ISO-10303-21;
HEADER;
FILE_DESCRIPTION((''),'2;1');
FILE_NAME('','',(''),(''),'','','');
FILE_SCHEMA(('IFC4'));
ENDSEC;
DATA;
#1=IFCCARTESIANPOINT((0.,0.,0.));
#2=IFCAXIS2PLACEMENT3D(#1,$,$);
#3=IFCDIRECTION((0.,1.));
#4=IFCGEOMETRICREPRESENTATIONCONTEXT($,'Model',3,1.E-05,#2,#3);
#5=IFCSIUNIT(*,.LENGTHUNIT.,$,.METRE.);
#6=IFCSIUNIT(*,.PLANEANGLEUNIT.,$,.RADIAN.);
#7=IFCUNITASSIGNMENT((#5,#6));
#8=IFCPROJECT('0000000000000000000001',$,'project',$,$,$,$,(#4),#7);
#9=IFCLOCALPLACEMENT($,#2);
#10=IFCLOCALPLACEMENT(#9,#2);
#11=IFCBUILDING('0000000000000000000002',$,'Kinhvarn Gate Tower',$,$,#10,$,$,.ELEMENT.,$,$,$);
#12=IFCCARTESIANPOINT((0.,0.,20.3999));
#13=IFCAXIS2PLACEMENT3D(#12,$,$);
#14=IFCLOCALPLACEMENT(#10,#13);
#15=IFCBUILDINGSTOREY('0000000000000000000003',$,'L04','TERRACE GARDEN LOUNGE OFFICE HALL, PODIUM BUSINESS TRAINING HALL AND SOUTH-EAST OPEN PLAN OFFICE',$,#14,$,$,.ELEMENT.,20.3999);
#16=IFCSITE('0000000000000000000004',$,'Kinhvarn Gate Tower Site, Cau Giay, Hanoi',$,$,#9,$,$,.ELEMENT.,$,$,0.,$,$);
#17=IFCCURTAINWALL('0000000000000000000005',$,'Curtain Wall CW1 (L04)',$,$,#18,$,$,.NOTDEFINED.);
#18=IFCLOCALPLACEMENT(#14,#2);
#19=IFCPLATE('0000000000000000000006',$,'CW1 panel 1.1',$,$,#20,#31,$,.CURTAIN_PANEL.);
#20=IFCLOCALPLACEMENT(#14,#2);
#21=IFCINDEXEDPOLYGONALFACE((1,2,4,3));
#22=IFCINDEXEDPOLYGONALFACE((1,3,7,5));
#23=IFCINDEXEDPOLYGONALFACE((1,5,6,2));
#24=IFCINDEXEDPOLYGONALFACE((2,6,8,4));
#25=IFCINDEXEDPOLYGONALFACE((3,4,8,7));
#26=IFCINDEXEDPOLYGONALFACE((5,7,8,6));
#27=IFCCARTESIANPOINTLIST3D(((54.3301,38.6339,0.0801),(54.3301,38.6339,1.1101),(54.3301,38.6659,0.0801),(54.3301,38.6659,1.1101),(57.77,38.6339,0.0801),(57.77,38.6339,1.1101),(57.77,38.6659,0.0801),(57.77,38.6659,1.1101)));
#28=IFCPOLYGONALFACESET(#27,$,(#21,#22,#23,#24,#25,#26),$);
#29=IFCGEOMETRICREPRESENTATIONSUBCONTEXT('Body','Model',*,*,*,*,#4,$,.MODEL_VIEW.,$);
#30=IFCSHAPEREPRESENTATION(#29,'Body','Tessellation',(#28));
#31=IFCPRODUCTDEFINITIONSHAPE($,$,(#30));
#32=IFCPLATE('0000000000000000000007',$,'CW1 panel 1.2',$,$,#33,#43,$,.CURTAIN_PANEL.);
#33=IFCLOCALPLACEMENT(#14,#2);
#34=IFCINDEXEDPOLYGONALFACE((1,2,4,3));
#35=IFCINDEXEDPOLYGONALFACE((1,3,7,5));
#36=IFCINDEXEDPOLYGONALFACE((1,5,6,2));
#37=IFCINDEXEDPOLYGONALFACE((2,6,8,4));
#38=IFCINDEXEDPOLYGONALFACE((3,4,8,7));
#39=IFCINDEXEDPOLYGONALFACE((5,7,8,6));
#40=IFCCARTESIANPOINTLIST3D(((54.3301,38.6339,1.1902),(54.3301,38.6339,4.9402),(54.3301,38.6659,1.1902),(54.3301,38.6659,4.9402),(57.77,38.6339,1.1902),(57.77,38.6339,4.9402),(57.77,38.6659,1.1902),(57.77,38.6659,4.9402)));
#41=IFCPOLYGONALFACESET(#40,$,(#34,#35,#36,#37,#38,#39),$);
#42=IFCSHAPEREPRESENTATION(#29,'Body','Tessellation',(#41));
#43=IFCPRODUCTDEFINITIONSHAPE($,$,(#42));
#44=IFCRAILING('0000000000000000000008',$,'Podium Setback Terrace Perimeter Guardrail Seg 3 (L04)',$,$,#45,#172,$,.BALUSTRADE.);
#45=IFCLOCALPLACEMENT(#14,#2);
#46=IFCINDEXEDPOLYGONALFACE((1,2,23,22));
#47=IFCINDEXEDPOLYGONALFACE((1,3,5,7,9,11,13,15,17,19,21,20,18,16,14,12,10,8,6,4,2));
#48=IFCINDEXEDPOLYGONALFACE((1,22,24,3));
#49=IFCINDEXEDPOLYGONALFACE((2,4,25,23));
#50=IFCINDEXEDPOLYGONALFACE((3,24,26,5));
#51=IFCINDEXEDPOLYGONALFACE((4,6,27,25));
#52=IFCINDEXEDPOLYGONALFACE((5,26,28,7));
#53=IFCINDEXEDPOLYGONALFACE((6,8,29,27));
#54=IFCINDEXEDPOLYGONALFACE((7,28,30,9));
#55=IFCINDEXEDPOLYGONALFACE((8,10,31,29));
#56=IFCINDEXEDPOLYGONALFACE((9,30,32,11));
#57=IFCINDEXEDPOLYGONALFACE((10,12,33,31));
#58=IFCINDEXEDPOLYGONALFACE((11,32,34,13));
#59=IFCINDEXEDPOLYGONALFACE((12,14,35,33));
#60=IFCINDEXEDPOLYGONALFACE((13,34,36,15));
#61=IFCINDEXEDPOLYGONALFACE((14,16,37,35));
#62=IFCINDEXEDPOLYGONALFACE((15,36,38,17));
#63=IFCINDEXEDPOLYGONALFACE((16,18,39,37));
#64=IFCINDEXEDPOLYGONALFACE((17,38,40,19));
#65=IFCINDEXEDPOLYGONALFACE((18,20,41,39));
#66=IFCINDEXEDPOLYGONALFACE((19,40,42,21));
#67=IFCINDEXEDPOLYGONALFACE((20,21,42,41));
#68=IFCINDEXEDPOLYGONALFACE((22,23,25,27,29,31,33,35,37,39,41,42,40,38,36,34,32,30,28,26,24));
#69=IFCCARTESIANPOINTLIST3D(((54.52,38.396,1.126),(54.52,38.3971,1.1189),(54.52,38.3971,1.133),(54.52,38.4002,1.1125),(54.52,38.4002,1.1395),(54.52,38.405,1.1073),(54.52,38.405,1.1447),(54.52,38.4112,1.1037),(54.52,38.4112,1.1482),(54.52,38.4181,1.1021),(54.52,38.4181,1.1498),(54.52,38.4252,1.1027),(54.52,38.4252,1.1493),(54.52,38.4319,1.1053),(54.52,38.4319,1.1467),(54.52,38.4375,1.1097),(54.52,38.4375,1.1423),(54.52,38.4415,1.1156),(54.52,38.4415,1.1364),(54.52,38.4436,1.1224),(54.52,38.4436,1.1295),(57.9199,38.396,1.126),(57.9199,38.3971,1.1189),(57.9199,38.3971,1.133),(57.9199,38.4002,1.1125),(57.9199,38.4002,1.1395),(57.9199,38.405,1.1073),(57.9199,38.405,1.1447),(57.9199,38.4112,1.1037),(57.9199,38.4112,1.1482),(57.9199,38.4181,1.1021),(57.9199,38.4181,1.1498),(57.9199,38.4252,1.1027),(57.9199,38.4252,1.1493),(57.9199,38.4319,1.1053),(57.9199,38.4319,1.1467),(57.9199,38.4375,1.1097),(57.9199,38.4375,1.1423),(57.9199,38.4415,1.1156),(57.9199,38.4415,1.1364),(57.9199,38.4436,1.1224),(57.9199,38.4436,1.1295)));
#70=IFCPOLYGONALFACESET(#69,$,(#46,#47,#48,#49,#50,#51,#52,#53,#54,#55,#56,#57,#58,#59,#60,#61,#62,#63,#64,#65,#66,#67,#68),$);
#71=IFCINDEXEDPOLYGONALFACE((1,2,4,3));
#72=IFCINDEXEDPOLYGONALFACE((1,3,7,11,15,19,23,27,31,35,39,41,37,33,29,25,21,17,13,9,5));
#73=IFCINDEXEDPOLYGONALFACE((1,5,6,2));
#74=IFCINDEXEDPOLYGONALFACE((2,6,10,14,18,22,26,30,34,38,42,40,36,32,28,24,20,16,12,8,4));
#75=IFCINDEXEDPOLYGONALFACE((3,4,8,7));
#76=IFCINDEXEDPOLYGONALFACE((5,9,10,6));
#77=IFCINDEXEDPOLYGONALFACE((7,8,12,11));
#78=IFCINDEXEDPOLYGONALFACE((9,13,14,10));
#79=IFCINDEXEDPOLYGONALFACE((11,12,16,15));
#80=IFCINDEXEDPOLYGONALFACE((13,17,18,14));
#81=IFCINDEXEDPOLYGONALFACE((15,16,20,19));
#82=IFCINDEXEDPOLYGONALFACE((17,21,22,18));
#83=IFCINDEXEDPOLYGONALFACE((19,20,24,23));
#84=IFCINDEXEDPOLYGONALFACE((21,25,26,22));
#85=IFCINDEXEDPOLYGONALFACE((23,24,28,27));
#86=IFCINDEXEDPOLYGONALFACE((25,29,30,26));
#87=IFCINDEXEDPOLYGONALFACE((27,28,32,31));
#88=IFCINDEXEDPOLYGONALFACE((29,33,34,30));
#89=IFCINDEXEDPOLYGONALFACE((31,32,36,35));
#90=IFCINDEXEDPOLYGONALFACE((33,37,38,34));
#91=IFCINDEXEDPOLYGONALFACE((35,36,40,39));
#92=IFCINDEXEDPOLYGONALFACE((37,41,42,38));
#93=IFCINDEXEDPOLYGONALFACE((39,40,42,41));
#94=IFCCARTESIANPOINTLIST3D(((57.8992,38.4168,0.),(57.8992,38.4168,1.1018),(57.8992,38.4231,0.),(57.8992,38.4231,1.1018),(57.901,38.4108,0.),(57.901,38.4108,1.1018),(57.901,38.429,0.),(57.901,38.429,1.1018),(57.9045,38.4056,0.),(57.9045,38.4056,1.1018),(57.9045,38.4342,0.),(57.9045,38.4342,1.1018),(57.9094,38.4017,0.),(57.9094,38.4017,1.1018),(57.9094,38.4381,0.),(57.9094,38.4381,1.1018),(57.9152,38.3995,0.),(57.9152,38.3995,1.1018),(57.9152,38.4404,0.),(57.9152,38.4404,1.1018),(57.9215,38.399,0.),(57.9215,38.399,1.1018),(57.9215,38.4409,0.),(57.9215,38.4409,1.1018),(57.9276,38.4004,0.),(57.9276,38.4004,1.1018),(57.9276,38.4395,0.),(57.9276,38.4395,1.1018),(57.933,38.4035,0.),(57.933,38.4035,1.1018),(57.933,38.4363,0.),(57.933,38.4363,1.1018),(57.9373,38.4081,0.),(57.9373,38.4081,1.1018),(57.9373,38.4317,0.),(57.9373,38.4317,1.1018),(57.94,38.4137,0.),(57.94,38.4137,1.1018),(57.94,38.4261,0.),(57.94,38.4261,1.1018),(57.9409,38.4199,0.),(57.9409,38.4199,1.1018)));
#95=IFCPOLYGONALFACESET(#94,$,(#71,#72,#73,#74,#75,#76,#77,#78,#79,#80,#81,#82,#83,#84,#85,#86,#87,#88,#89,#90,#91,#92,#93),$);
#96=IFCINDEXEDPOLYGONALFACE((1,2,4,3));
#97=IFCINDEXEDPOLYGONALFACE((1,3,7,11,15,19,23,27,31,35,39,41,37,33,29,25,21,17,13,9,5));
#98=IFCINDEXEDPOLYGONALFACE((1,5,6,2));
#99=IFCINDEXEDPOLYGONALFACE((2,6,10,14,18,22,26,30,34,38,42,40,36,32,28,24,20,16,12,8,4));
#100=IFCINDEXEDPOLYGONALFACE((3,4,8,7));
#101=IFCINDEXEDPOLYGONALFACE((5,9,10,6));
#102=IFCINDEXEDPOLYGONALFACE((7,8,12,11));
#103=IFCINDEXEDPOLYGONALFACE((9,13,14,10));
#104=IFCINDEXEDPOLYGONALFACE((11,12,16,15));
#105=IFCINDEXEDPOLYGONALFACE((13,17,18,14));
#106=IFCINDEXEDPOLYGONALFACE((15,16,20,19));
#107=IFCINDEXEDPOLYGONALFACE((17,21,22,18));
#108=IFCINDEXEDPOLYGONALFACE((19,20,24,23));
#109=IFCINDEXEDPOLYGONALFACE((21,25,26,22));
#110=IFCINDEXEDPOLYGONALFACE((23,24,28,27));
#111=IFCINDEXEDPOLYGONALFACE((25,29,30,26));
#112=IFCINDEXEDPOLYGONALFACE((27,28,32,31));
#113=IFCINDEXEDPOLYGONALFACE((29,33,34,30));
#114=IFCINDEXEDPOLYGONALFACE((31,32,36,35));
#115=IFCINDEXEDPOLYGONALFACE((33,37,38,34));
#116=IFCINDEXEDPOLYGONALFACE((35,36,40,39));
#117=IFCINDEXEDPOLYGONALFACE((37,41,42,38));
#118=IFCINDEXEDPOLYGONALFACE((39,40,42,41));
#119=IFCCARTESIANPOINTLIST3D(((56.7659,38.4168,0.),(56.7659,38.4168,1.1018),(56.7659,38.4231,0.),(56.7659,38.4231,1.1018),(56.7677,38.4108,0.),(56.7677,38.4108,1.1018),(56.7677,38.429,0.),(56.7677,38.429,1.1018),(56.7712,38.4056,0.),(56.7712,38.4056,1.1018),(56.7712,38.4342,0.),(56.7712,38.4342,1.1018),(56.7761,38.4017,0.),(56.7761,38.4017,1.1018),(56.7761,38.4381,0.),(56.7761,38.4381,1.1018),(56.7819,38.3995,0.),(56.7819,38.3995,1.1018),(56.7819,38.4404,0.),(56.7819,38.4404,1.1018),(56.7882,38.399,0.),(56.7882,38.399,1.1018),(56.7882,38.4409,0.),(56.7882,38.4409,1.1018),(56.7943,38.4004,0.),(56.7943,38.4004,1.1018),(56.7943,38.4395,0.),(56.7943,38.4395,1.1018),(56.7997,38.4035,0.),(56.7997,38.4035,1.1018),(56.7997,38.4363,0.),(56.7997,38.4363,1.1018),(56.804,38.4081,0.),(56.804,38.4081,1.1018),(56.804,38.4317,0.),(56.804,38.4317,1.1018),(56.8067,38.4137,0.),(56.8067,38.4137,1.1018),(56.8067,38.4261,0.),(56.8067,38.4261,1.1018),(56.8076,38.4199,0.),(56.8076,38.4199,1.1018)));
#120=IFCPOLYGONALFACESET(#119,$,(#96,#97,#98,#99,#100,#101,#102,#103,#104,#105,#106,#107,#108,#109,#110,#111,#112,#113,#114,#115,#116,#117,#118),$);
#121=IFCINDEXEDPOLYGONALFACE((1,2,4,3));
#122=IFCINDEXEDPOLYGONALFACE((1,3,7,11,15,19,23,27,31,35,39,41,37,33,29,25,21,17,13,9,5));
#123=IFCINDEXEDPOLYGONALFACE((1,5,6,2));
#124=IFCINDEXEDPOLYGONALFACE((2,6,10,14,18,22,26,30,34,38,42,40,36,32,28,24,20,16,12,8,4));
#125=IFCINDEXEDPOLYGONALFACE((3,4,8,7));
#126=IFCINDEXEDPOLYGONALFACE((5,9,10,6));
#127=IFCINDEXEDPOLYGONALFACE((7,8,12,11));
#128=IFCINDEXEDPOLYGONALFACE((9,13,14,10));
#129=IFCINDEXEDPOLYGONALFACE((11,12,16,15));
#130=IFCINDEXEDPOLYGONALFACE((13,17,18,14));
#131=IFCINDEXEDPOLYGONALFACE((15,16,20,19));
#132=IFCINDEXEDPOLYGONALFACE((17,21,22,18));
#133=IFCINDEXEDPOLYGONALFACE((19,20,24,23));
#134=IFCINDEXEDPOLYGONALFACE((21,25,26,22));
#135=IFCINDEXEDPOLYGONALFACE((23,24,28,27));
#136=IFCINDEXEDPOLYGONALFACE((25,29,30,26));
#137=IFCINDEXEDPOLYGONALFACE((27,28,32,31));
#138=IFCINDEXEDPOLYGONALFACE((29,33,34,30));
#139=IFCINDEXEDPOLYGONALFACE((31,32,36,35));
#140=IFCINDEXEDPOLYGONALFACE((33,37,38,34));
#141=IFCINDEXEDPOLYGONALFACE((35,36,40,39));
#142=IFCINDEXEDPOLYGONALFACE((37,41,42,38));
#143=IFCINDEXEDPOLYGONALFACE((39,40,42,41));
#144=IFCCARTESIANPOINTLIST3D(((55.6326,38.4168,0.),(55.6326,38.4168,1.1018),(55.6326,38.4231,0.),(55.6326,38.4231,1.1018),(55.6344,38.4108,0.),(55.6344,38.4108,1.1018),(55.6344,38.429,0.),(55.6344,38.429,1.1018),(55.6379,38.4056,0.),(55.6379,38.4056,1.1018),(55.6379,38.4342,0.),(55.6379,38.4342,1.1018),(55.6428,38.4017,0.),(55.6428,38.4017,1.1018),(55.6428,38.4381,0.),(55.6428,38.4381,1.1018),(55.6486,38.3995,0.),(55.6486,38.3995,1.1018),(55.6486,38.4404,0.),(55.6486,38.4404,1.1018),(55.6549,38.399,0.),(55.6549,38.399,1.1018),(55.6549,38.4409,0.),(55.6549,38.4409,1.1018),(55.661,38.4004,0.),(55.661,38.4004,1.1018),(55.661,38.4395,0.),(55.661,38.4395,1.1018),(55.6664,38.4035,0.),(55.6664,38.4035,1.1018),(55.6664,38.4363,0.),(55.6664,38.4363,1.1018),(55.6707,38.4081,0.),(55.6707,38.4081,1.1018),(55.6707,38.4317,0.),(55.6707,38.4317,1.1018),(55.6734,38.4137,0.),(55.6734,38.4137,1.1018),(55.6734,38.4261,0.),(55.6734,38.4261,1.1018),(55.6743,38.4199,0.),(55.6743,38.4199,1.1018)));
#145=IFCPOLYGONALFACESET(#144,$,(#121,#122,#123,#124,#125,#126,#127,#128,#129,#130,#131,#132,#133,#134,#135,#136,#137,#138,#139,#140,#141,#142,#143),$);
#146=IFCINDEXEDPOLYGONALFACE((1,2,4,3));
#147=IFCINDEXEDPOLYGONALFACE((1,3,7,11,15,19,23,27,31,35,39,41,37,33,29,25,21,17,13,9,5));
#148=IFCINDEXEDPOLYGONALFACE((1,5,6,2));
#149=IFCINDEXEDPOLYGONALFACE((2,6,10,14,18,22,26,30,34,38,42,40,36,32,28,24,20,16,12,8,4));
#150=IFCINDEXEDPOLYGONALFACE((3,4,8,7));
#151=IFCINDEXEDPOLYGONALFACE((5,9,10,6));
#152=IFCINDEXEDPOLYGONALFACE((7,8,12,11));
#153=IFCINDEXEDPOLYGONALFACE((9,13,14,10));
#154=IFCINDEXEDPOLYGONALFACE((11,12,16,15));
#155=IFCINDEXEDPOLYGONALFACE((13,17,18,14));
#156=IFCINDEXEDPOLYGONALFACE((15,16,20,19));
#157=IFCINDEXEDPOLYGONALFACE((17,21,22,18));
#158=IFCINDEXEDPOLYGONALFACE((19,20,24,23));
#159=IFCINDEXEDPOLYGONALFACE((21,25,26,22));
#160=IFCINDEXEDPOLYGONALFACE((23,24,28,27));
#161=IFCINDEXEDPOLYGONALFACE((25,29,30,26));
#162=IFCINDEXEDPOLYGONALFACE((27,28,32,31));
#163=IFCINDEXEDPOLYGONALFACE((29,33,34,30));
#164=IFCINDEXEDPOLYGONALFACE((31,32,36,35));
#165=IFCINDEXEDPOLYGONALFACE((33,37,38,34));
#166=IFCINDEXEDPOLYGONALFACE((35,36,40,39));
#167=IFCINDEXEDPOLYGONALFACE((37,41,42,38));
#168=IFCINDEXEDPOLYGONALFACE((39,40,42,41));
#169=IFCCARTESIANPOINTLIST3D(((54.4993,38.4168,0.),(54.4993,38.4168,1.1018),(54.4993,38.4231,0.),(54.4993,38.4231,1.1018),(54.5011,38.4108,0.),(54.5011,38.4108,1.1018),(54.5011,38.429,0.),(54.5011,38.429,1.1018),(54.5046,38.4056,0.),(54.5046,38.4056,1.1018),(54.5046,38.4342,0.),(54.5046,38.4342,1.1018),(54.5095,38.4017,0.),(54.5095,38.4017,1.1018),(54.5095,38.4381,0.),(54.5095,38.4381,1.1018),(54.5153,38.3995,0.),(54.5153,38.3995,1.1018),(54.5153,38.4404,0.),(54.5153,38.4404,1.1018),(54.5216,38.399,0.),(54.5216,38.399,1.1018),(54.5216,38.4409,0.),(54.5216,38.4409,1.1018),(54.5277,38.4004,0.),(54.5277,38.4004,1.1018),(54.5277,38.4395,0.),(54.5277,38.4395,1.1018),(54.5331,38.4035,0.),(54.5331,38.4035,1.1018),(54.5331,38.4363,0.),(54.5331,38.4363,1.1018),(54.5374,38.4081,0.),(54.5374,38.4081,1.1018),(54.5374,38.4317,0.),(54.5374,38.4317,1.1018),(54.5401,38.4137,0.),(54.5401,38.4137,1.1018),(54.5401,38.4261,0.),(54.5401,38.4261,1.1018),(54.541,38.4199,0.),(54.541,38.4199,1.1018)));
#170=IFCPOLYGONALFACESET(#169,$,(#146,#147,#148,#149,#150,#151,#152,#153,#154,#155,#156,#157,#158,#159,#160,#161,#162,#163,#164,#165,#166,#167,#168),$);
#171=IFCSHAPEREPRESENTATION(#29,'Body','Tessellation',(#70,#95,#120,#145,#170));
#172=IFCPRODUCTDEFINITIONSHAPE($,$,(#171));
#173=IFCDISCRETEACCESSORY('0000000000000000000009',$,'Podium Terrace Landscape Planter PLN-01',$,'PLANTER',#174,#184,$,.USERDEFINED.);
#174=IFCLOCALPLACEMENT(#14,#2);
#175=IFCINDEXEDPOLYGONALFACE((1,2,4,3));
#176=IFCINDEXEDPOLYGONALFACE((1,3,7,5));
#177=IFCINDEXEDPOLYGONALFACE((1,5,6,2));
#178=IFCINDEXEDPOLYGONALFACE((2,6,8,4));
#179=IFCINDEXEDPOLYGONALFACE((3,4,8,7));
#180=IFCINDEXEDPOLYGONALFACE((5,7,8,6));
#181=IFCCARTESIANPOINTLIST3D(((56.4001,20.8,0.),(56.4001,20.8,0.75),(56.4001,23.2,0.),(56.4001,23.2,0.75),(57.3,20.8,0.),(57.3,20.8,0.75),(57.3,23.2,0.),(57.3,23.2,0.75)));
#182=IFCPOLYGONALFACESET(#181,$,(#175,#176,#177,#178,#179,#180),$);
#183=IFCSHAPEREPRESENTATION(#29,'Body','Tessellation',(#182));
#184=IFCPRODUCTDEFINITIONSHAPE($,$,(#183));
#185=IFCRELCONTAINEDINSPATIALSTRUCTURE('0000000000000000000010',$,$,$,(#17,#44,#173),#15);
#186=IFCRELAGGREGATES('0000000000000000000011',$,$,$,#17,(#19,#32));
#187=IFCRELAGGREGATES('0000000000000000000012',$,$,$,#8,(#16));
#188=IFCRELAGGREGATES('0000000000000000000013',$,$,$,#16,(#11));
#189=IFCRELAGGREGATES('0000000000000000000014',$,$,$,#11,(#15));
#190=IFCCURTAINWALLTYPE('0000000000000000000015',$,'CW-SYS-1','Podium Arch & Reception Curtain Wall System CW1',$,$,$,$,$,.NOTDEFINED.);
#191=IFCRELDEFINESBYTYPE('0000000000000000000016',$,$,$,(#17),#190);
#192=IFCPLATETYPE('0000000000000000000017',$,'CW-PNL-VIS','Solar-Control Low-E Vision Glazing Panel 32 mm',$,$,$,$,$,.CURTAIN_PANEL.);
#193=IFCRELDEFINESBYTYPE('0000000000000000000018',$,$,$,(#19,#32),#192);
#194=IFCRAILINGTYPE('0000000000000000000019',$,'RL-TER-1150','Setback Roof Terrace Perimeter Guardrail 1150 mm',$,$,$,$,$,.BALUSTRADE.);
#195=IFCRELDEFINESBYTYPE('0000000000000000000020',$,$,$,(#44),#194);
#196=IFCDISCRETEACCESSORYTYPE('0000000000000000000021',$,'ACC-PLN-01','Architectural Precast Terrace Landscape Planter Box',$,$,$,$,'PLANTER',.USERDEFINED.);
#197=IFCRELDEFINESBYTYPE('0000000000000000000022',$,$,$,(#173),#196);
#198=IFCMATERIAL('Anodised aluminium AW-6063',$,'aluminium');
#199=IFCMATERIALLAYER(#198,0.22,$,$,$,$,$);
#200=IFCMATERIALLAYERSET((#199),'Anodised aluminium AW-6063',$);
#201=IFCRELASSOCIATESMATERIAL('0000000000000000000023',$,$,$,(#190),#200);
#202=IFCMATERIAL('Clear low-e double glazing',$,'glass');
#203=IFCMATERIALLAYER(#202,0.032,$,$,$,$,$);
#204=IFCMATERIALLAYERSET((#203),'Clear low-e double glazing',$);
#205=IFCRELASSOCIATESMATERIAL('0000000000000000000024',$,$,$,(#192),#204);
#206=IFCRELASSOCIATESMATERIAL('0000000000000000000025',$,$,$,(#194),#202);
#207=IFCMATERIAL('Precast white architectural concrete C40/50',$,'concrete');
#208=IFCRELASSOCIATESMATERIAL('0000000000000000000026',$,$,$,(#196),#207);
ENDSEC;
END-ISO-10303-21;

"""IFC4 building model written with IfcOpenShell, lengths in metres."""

from ifc_helpers import new_model, si_unit, direction, frame, origin, origin_2d, place, context, subcontext, project, spatial, rectangle, circle, extrude, material, layer, layer_set, type_object, element, aggregate, save


model = new_model("IFC4")

# Units and contexts
model_context = context("Model", 3, precision=1e-05, world=origin(), true_north=direction((0.0, 1.0)))
body_context = subcontext(model_context, "Body", "Model", "MODEL_VIEW")
ifc_project = project(units=[si_unit("LENGTHUNIT", "METRE"), si_unit("PLANEANGLEUNIT", "RADIAN")], contexts=[model_context])

# Site, building, storey
site_placement = place(None, origin())
site = spatial("IfcSite", under=ifc_project, at=site_placement, Name="Kinhvarn Gate Tower Site, Cau Giay, Hanoi", CompositionType="ELEMENT", RefElevation=0.0)
building_placement = place(site_placement, origin())
building = spatial("IfcBuilding", under=site, at=building_placement, Name="Kinhvarn Gate Tower", CompositionType="ELEMENT")
storey_placement = place(building_placement, frame((0.0, 0.0, 20.3999)))
storey = spatial("IfcBuildingStorey", under=building, at=storey_placement, Name="L04", Description="TERRACE GARDEN LOUNGE OFFICE HALL, PODIUM BUSINESS TRAINING HALL AND SOUTH-EAST OPEN PLAN OFFICE", CompositionType="ELEMENT", Elevation=20.3999)

# Curtain wall
ifc_material_1 = material(Name="Anodised aluminium AW-6063", Category="aluminium")
ifc_layer_1 = layer(ifc_material_1, 0.22)
ifc_layer_set_1 = layer_set([ifc_layer_1], Name="Anodised aluminium AW-6063")
curtain_wall_type = type_object("IfcCurtainWallType", Name="CW-SYS-1", Description="Podium Arch & Reception Curtain Wall System CW1", PredefinedType="NOTDEFINED", material=ifc_layer_set_1)
curtain_wall_1_placement = place(storey_placement, origin())
curtain_wall_1 = element("IfcCurtainWall", 1, at=curtain_wall_1_placement, inside=storey, type_object=curtain_wall_type, Name="Curtain Wall CW1 (L04)", PredefinedType="NOTDEFINED")

# Plates
ifc_material_2 = material(Name="Clear low-e double glazing", Category="glass")
ifc_layer_2 = layer(ifc_material_2, 0.032)
ifc_layer_set_2 = layer_set([ifc_layer_2], Name="Clear low-e double glazing")
plate_type = type_object("IfcPlateType", Name="CW-PNL-VIS", Description="Solar-Control Low-E Vision Glazing Panel 32 mm", PredefinedType="CURTAIN_PANEL", material=ifc_layer_set_2)
plate_1_placement = place(storey_placement, frame((56.05, 38.6499, 0.0801), z_axis=(0.0, 0.0, 1.0), x_axis=(1.0, 0.0, 0.0)))
plate_1 = element("IfcPlate", 2, at=plate_1_placement, type_object=plate_type, Name="CW1 panel 1.1", PredefinedType="CURTAIN_PANEL", context=body_context, shape_type="SweptSolid", body=[
    extrude(rectangle(XDim=3.4399, YDim=0.032, at=origin_2d()), origin(), (0.0, 0.0, 1.0), 1.03),
])
plate_2_placement = place(storey_placement, frame((56.05, 38.6499, 1.1902), z_axis=(0.0, 0.0, 1.0), x_axis=(1.0, 0.0, 0.0)))
plate_2 = element("IfcPlate", 3, at=plate_2_placement, type_object=plate_type, Name="CW1 panel 1.2", PredefinedType="CURTAIN_PANEL", context=body_context, shape_type="SweptSolid", body=[
    extrude(rectangle(XDim=3.4399, YDim=0.032, at=origin_2d()), origin(), (0.0, 0.0, 1.0), 3.75),
])
aggregate(curtain_wall_1, [plate_1, plate_2])

# Railing
railing_type = type_object("IfcRailingType", Name="RL-TER-1150", Description="Setback Roof Terrace Perimeter Guardrail 1150 mm", PredefinedType="BALUSTRADE", material=ifc_material_2)
railing_placement = place(storey_placement, frame((57.9199, 38.4199, 0.0)))
element("IfcRailing", 4, at=railing_placement, inside=storey, type_object=railing_type, Name="Podium Setback Terrace Perimeter Guardrail Seg 3 (L04)", PredefinedType="BALUSTRADE", context=body_context, shape_type="SweptSolid", body=[
    extrude(circle(Radius=0.0239, at=origin_2d()), frame((0.0, 0.0, 1.126), z_axis=(-1.0, 0.0, 0.0), x_axis=(0.0, -1.0, 0.0)), (0.0, 0.0, 1.0), 3.3999),
    extrude(circle(Radius=0.021, at=origin_2d()), origin(), (0.0, 0.0, 1.0), 1.1018),
    extrude(circle(Radius=0.021, at=origin_2d()), frame((-1.1333, 0.0, 0.0)), (0.0, 0.0, 1.0), 1.1018),
    extrude(circle(Radius=0.021, at=origin_2d()), frame((-2.2666, 0.0, 0.0)), (0.0, 0.0, 1.0), 1.1018),
    extrude(circle(Radius=0.021, at=origin_2d()), frame((-3.3999, 0.0, 0.0)), (0.0, 0.0, 1.0), 1.1018),
])

# Discrete accessory
ifc_material_3 = material(Name="Precast white architectural concrete C40/50", Category="concrete")
discrete_accessory_type = type_object("IfcDiscreteAccessoryType", Name="ACC-PLN-01", Description="Architectural Precast Terrace Landscape Planter Box", ElementType="PLANTER", PredefinedType="USERDEFINED", material=ifc_material_3)
discrete_accessory_placement = place(storey_placement, frame((56.8501, 22.0, 0.0), z_axis=(0.0, 0.0, 1.0), x_axis=(1.0, 0.0, 0.0)))
element("IfcDiscreteAccessory", 5, at=discrete_accessory_placement, inside=storey, type_object=discrete_accessory_type, Name="Podium Terrace Landscape Planter PLN-01", ObjectType="PLANTER", PredefinedType="USERDEFINED", context=body_context, shape_type="SweptSolid", body=[
    extrude(rectangle(XDim=0.8999, YDim=2.3999, at=origin_2d()), origin(), (0.0, 0.0, 1.0), 0.75),
])

save(model, "model.ifc")
